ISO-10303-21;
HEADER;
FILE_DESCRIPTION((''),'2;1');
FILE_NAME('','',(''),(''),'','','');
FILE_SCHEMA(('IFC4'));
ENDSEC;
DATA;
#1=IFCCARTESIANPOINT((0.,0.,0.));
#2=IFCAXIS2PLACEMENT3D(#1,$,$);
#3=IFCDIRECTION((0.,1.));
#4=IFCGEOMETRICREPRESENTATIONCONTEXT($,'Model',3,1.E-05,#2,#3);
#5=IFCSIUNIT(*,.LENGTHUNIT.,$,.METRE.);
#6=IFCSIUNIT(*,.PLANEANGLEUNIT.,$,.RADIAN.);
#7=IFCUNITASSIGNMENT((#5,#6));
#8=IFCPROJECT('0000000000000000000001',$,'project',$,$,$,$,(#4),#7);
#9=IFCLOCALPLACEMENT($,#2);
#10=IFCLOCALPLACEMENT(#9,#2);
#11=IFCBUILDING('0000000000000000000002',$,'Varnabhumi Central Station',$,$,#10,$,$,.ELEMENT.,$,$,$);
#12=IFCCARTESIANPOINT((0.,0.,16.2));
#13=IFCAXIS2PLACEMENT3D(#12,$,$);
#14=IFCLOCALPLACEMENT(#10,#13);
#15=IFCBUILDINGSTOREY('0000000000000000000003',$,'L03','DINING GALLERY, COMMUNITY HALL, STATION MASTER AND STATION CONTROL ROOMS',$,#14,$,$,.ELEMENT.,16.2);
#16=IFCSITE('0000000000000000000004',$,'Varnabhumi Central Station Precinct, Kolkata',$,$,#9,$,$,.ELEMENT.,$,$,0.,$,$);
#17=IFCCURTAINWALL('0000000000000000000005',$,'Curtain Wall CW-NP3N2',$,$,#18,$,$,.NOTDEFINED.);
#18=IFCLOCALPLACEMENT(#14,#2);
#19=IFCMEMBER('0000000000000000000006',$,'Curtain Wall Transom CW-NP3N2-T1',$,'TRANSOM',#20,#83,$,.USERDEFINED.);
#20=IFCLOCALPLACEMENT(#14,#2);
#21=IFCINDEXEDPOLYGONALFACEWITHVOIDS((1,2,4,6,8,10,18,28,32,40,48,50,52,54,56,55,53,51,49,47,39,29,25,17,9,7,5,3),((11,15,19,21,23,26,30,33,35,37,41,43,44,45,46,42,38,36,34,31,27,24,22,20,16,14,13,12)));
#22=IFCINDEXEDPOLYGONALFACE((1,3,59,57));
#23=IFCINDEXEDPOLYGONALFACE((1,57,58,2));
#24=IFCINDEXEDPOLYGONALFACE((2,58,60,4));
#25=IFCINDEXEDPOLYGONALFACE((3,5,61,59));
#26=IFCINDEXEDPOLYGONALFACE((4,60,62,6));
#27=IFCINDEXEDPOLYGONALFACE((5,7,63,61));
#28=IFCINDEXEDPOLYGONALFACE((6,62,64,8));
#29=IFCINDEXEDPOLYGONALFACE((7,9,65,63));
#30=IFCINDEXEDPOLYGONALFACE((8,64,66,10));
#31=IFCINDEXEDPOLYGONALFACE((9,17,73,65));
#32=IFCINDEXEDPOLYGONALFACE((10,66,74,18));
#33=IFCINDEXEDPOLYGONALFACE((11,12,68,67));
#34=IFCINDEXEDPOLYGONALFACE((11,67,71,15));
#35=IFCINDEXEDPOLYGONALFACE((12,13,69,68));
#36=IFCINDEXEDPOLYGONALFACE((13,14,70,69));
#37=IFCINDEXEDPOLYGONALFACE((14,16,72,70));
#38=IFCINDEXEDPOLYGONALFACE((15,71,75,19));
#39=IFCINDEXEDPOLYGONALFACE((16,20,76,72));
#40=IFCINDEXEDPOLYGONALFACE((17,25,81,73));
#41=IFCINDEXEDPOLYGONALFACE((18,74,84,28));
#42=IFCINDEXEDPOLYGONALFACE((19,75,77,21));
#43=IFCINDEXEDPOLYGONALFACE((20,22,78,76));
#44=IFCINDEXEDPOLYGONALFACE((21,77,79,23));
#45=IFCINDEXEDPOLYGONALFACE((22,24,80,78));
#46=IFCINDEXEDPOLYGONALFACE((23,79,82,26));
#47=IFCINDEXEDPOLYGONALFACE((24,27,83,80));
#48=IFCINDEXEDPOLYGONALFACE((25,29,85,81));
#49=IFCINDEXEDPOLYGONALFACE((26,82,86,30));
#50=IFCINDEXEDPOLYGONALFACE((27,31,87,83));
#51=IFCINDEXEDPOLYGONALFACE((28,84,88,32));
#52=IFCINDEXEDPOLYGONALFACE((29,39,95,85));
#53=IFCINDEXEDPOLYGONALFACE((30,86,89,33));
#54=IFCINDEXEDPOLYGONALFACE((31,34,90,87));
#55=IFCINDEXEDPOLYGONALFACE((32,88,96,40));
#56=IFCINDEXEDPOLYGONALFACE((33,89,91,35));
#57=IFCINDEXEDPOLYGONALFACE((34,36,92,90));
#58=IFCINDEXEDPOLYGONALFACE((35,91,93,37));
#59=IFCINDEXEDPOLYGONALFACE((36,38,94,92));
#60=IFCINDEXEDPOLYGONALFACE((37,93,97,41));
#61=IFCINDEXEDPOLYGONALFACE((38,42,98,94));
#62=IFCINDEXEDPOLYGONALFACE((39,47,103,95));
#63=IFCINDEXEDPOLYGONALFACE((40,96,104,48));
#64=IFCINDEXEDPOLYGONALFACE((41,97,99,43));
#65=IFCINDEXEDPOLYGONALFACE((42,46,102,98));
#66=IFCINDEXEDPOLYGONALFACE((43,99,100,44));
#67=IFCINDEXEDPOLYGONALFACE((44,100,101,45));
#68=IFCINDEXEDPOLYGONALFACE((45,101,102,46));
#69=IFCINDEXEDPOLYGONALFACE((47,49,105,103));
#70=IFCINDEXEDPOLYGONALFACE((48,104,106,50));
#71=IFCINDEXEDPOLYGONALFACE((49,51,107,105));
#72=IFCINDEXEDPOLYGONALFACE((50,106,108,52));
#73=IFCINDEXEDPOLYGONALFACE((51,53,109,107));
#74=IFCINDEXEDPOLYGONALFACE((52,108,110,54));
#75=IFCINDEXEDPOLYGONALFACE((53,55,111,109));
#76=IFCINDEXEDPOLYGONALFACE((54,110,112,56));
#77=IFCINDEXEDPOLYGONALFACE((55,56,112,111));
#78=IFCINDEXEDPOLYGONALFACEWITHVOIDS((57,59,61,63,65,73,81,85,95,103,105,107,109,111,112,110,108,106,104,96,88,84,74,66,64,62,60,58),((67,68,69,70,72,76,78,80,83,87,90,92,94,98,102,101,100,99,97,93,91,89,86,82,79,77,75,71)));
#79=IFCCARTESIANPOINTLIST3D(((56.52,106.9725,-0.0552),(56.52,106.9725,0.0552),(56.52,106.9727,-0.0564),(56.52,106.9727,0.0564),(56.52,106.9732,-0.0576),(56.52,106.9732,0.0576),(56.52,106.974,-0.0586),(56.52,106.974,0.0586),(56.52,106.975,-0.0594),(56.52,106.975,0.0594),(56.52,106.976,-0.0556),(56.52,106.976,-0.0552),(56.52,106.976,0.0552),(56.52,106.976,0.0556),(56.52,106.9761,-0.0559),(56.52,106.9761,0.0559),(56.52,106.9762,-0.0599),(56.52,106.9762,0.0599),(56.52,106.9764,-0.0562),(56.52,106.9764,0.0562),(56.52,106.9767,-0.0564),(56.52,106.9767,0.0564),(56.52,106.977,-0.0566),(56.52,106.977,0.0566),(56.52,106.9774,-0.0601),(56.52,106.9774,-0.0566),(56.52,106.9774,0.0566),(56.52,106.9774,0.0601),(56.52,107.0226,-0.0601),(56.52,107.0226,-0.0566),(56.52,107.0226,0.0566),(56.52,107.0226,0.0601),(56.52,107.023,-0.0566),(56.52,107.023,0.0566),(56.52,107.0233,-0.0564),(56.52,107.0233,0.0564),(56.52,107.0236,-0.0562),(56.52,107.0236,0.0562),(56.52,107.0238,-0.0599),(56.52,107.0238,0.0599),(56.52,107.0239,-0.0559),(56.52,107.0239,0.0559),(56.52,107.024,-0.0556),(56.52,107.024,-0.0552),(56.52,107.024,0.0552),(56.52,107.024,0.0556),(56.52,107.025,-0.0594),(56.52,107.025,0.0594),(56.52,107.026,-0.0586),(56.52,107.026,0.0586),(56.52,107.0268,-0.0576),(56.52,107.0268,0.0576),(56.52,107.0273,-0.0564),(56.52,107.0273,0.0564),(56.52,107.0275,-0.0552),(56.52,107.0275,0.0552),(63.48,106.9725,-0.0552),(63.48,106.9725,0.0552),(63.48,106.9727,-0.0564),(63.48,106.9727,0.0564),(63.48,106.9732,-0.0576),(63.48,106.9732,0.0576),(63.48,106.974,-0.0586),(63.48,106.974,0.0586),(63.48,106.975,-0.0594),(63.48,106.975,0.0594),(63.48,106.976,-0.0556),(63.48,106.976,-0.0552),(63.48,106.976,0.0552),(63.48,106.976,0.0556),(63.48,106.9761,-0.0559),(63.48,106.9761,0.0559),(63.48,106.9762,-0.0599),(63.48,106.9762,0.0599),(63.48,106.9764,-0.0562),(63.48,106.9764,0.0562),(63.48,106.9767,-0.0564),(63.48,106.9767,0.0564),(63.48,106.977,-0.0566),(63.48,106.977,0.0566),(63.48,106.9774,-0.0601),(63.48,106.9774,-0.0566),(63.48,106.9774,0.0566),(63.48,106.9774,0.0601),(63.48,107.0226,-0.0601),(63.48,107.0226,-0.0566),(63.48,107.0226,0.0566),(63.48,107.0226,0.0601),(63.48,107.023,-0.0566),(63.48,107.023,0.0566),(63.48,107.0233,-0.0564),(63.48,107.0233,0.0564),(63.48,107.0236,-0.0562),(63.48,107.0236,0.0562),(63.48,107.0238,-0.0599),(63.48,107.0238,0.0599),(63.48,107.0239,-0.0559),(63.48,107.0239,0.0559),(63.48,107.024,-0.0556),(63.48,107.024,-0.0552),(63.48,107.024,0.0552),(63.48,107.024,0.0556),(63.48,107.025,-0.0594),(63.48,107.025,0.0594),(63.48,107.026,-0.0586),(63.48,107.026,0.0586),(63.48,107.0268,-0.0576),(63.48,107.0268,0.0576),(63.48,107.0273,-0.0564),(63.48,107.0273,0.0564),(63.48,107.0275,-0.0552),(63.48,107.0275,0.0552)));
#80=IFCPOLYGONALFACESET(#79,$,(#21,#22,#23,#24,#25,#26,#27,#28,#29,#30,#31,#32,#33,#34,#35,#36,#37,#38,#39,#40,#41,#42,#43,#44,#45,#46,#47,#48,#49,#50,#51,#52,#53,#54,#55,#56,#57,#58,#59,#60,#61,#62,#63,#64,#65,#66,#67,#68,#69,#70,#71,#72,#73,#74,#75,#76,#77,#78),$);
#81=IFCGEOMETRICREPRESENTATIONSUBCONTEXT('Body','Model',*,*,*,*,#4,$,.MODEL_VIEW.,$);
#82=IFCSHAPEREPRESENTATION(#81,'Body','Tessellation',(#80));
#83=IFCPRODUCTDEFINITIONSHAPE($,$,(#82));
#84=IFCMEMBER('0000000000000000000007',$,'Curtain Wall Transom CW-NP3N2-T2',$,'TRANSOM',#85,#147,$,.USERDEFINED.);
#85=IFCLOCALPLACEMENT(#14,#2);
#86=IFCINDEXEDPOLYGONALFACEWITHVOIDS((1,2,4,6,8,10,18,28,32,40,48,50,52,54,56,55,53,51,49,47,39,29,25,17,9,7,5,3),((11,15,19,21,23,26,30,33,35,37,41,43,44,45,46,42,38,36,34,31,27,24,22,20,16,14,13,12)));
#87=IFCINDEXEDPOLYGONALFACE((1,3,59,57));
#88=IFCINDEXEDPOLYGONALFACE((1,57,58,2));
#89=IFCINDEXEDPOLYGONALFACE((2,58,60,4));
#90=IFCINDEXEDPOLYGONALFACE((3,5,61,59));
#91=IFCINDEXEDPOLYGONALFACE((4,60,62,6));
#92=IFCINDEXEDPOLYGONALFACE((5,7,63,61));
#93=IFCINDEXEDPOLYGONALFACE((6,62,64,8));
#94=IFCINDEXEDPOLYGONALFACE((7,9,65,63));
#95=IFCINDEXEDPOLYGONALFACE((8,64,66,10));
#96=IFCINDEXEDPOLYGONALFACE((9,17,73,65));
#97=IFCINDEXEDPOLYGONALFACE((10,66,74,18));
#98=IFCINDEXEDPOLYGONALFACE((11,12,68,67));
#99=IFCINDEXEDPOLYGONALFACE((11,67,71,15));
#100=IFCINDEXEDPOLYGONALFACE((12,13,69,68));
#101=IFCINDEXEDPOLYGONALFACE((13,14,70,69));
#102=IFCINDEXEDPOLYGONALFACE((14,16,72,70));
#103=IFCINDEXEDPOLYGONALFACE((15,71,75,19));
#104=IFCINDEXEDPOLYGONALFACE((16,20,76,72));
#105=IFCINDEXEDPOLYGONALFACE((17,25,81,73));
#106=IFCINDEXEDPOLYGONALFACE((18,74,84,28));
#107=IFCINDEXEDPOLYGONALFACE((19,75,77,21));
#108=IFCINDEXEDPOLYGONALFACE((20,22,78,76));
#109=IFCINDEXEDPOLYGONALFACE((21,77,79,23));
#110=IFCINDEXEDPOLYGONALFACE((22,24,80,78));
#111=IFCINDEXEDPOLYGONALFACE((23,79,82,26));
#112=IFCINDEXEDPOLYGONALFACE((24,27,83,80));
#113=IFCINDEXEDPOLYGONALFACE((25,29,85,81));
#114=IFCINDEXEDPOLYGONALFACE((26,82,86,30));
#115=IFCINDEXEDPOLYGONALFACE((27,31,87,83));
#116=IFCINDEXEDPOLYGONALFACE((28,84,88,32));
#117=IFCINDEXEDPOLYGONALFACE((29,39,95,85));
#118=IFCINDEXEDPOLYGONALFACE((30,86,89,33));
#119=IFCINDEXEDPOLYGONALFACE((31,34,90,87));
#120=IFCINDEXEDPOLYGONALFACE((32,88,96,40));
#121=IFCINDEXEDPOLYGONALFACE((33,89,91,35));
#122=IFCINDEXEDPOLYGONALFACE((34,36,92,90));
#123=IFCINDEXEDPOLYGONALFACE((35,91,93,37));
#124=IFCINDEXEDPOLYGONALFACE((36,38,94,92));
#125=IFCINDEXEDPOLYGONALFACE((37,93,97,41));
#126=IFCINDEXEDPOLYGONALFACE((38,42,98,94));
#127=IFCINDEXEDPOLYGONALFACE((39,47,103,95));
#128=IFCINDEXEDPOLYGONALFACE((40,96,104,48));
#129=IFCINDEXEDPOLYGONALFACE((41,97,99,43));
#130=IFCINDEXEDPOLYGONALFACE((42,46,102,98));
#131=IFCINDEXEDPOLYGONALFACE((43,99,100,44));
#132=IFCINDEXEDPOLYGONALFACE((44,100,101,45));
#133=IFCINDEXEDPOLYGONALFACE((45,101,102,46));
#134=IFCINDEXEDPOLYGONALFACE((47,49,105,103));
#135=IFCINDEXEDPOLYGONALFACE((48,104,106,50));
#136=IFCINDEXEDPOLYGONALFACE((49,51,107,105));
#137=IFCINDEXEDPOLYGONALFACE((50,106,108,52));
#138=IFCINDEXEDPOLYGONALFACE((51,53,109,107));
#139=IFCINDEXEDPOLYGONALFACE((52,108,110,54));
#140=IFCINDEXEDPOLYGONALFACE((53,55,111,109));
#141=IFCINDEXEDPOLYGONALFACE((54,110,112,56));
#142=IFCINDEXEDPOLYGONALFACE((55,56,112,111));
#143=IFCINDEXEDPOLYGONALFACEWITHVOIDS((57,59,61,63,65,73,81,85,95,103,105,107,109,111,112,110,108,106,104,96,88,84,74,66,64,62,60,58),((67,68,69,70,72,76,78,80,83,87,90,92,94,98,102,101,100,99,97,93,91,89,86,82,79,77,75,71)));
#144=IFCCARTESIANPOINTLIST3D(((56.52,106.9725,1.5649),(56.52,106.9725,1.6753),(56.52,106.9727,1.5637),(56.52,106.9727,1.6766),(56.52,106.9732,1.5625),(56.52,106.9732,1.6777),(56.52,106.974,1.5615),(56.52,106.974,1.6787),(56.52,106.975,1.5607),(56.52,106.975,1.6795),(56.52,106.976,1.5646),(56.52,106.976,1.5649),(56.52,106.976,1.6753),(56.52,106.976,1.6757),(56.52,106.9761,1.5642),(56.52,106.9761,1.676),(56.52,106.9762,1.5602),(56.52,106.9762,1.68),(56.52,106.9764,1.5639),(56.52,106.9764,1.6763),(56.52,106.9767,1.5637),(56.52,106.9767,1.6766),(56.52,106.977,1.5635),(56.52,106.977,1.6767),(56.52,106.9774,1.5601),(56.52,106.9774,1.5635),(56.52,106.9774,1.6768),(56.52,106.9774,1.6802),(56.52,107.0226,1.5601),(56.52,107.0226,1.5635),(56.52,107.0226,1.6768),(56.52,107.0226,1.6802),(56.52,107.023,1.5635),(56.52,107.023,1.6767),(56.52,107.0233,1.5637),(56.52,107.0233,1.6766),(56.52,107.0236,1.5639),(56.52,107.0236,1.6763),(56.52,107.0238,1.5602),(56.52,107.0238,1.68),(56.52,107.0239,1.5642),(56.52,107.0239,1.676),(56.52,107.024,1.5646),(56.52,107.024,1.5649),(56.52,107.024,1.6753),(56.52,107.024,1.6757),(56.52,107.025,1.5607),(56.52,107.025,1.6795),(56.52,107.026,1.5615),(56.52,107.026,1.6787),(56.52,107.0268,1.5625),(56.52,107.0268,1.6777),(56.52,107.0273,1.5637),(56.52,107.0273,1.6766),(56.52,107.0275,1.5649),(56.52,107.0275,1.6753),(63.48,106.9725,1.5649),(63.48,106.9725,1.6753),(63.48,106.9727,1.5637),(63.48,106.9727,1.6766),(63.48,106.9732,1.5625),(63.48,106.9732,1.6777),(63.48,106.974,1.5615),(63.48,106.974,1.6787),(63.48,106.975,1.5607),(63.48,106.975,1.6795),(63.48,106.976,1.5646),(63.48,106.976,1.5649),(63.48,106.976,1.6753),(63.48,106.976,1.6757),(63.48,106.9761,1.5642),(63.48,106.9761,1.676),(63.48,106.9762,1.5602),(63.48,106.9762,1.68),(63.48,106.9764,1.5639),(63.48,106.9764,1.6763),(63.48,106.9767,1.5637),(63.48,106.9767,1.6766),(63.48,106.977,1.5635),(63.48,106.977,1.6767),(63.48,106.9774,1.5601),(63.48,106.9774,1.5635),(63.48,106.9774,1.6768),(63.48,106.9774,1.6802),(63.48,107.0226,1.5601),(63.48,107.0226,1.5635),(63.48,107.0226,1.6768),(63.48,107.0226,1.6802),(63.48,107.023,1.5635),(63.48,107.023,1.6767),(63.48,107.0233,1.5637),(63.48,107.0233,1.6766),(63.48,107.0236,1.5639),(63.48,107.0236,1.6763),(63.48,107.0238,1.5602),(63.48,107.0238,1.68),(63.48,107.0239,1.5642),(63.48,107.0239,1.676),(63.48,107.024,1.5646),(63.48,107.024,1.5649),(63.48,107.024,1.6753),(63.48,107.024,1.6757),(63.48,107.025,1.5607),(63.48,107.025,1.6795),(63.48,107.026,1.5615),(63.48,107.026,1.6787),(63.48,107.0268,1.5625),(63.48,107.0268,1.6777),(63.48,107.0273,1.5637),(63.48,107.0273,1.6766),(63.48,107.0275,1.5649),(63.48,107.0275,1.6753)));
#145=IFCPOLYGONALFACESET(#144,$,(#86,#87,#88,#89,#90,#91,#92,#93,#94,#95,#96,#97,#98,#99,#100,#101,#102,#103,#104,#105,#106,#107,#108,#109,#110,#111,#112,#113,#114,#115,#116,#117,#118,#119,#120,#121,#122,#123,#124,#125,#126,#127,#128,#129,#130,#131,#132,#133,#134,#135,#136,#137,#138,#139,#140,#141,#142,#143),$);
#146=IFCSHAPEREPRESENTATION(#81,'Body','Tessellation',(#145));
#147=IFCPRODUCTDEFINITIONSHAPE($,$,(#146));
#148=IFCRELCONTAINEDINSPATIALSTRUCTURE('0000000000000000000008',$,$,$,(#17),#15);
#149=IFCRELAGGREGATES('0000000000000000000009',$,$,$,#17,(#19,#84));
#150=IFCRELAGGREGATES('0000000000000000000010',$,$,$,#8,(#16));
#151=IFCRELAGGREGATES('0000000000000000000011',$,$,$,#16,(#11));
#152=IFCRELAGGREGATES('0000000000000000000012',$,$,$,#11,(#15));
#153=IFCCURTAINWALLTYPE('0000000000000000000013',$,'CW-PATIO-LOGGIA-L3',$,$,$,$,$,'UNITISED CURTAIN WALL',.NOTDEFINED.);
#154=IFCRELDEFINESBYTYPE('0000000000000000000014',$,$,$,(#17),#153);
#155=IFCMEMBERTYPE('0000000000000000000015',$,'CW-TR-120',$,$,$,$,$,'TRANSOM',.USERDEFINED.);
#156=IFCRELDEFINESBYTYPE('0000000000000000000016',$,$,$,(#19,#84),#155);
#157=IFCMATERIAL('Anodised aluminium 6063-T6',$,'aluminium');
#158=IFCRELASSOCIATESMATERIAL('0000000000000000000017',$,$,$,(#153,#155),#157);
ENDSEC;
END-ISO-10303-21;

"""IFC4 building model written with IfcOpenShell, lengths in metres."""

from ifc_helpers import new_model, si_unit, direction, frame, origin, origin_2d, place, context, subcontext, project, spatial, hollow_rectangle, extrude, material, material_profile, profile_set, type_object, element, aggregate, save


model = new_model("IFC4")

# Units and contexts
model_context = context("Model", 3, precision=1e-05, world=origin(), true_north=direction((0.0, 1.0)))
body_context = subcontext(model_context, "Body", "Model", "MODEL_VIEW")
ifc_project = project(units=[si_unit("LENGTHUNIT", "METRE"), si_unit("PLANEANGLEUNIT", "RADIAN")], contexts=[model_context])

# Site, building, storey
site_placement = place(None, origin())
site = spatial("IfcSite", under=ifc_project, at=site_placement, Name="Varnabhumi Central Station Precinct, Kolkata", CompositionType="ELEMENT", RefElevation=0.0)
building_placement = place(site_placement, origin())
building = spatial("IfcBuilding", under=site, at=building_placement, Name="Varnabhumi Central Station", CompositionType="ELEMENT")
storey_placement = place(building_placement, frame((0.0, 0.0, 16.2)))
storey = spatial("IfcBuildingStorey", under=building, at=storey_placement, Name="L03", Description="DINING GALLERY, COMMUNITY HALL, STATION MASTER AND STATION CONTROL ROOMS", CompositionType="ELEMENT", Elevation=16.2)

# Curtain wall, members
ifc_material_1 = material(Name="Anodised aluminium 6063-T6", Category="aluminium")
curtain_wall_type = type_object("IfcCurtainWallType", Name="CW-PATIO-LOGGIA-L3", ElementType="UNITISED CURTAIN WALL", PredefinedType="NOTDEFINED", material=ifc_material_1)
curtain_wall_1_placement = place(storey_placement, origin())
curtain_wall_1 = element("IfcCurtainWall", 1, at=curtain_wall_1_placement, inside=storey, type_object=curtain_wall_type, Name="Curtain Wall CW-NP3N2", PredefinedType="NOTDEFINED")
ifc_material_profile_1 = material_profile(ifc_material_1, hollow_rectangle(XDim=0.0549, YDim=0.1201, WallThickness=0.0034, InnerFilletRadius=0.0015, OuterFilletRadius=0.0049, at=origin_2d()), Name="Anodised aluminium 6063-T6", Category="aluminium")
ifc_profile_set_1 = profile_set([ifc_material_profile_1], Name="Anodised aluminium 6063-T6")
member_type_1 = type_object("IfcMemberType", Name="CW-TR-120", ElementType="TRANSOM", PredefinedType="USERDEFINED", material=ifc_profile_set_1)
member_1_placement = place(storey_placement, frame((56.52, 107.0, 0.0), z_axis=(1.0, 0.0, 0.0), x_axis=(0.0, 1.0, 0.0)))
member_1 = element("IfcMember", 2, at=member_1_placement, type_object=member_type_1, Name="Curtain Wall Transom CW-NP3N2-T1", ObjectType="TRANSOM", PredefinedType="USERDEFINED", context=body_context, shape_type="SweptSolid", body=[
    extrude(hollow_rectangle(XDim=0.0549, YDim=0.1201, WallThickness=0.0034, InnerFilletRadius=0.0015, OuterFilletRadius=0.0049, at=origin_2d()), origin(), (0.0, 0.0, 1.0), 6.96),
])
member_2_placement = place(storey_placement, frame((56.52, 107.0, 1.6201), z_axis=(1.0, 0.0, 0.0), x_axis=(0.0, 1.0, 0.0)))
member_2 = element("IfcMember", 3, at=member_2_placement, type_object=member_type_1, Name="Curtain Wall Transom CW-NP3N2-T2", ObjectType="TRANSOM", PredefinedType="USERDEFINED", context=body_context, shape_type="SweptSolid", body=[
    extrude(hollow_rectangle(XDim=0.0549, YDim=0.1201, WallThickness=0.0034, InnerFilletRadius=0.0015, OuterFilletRadius=0.0049, at=origin_2d()), origin(), (0.0, 0.0, 1.0), 6.96),
])

aggregate(curtain_wall_1, [member_1, member_2])

save(model, "model.ifc")
